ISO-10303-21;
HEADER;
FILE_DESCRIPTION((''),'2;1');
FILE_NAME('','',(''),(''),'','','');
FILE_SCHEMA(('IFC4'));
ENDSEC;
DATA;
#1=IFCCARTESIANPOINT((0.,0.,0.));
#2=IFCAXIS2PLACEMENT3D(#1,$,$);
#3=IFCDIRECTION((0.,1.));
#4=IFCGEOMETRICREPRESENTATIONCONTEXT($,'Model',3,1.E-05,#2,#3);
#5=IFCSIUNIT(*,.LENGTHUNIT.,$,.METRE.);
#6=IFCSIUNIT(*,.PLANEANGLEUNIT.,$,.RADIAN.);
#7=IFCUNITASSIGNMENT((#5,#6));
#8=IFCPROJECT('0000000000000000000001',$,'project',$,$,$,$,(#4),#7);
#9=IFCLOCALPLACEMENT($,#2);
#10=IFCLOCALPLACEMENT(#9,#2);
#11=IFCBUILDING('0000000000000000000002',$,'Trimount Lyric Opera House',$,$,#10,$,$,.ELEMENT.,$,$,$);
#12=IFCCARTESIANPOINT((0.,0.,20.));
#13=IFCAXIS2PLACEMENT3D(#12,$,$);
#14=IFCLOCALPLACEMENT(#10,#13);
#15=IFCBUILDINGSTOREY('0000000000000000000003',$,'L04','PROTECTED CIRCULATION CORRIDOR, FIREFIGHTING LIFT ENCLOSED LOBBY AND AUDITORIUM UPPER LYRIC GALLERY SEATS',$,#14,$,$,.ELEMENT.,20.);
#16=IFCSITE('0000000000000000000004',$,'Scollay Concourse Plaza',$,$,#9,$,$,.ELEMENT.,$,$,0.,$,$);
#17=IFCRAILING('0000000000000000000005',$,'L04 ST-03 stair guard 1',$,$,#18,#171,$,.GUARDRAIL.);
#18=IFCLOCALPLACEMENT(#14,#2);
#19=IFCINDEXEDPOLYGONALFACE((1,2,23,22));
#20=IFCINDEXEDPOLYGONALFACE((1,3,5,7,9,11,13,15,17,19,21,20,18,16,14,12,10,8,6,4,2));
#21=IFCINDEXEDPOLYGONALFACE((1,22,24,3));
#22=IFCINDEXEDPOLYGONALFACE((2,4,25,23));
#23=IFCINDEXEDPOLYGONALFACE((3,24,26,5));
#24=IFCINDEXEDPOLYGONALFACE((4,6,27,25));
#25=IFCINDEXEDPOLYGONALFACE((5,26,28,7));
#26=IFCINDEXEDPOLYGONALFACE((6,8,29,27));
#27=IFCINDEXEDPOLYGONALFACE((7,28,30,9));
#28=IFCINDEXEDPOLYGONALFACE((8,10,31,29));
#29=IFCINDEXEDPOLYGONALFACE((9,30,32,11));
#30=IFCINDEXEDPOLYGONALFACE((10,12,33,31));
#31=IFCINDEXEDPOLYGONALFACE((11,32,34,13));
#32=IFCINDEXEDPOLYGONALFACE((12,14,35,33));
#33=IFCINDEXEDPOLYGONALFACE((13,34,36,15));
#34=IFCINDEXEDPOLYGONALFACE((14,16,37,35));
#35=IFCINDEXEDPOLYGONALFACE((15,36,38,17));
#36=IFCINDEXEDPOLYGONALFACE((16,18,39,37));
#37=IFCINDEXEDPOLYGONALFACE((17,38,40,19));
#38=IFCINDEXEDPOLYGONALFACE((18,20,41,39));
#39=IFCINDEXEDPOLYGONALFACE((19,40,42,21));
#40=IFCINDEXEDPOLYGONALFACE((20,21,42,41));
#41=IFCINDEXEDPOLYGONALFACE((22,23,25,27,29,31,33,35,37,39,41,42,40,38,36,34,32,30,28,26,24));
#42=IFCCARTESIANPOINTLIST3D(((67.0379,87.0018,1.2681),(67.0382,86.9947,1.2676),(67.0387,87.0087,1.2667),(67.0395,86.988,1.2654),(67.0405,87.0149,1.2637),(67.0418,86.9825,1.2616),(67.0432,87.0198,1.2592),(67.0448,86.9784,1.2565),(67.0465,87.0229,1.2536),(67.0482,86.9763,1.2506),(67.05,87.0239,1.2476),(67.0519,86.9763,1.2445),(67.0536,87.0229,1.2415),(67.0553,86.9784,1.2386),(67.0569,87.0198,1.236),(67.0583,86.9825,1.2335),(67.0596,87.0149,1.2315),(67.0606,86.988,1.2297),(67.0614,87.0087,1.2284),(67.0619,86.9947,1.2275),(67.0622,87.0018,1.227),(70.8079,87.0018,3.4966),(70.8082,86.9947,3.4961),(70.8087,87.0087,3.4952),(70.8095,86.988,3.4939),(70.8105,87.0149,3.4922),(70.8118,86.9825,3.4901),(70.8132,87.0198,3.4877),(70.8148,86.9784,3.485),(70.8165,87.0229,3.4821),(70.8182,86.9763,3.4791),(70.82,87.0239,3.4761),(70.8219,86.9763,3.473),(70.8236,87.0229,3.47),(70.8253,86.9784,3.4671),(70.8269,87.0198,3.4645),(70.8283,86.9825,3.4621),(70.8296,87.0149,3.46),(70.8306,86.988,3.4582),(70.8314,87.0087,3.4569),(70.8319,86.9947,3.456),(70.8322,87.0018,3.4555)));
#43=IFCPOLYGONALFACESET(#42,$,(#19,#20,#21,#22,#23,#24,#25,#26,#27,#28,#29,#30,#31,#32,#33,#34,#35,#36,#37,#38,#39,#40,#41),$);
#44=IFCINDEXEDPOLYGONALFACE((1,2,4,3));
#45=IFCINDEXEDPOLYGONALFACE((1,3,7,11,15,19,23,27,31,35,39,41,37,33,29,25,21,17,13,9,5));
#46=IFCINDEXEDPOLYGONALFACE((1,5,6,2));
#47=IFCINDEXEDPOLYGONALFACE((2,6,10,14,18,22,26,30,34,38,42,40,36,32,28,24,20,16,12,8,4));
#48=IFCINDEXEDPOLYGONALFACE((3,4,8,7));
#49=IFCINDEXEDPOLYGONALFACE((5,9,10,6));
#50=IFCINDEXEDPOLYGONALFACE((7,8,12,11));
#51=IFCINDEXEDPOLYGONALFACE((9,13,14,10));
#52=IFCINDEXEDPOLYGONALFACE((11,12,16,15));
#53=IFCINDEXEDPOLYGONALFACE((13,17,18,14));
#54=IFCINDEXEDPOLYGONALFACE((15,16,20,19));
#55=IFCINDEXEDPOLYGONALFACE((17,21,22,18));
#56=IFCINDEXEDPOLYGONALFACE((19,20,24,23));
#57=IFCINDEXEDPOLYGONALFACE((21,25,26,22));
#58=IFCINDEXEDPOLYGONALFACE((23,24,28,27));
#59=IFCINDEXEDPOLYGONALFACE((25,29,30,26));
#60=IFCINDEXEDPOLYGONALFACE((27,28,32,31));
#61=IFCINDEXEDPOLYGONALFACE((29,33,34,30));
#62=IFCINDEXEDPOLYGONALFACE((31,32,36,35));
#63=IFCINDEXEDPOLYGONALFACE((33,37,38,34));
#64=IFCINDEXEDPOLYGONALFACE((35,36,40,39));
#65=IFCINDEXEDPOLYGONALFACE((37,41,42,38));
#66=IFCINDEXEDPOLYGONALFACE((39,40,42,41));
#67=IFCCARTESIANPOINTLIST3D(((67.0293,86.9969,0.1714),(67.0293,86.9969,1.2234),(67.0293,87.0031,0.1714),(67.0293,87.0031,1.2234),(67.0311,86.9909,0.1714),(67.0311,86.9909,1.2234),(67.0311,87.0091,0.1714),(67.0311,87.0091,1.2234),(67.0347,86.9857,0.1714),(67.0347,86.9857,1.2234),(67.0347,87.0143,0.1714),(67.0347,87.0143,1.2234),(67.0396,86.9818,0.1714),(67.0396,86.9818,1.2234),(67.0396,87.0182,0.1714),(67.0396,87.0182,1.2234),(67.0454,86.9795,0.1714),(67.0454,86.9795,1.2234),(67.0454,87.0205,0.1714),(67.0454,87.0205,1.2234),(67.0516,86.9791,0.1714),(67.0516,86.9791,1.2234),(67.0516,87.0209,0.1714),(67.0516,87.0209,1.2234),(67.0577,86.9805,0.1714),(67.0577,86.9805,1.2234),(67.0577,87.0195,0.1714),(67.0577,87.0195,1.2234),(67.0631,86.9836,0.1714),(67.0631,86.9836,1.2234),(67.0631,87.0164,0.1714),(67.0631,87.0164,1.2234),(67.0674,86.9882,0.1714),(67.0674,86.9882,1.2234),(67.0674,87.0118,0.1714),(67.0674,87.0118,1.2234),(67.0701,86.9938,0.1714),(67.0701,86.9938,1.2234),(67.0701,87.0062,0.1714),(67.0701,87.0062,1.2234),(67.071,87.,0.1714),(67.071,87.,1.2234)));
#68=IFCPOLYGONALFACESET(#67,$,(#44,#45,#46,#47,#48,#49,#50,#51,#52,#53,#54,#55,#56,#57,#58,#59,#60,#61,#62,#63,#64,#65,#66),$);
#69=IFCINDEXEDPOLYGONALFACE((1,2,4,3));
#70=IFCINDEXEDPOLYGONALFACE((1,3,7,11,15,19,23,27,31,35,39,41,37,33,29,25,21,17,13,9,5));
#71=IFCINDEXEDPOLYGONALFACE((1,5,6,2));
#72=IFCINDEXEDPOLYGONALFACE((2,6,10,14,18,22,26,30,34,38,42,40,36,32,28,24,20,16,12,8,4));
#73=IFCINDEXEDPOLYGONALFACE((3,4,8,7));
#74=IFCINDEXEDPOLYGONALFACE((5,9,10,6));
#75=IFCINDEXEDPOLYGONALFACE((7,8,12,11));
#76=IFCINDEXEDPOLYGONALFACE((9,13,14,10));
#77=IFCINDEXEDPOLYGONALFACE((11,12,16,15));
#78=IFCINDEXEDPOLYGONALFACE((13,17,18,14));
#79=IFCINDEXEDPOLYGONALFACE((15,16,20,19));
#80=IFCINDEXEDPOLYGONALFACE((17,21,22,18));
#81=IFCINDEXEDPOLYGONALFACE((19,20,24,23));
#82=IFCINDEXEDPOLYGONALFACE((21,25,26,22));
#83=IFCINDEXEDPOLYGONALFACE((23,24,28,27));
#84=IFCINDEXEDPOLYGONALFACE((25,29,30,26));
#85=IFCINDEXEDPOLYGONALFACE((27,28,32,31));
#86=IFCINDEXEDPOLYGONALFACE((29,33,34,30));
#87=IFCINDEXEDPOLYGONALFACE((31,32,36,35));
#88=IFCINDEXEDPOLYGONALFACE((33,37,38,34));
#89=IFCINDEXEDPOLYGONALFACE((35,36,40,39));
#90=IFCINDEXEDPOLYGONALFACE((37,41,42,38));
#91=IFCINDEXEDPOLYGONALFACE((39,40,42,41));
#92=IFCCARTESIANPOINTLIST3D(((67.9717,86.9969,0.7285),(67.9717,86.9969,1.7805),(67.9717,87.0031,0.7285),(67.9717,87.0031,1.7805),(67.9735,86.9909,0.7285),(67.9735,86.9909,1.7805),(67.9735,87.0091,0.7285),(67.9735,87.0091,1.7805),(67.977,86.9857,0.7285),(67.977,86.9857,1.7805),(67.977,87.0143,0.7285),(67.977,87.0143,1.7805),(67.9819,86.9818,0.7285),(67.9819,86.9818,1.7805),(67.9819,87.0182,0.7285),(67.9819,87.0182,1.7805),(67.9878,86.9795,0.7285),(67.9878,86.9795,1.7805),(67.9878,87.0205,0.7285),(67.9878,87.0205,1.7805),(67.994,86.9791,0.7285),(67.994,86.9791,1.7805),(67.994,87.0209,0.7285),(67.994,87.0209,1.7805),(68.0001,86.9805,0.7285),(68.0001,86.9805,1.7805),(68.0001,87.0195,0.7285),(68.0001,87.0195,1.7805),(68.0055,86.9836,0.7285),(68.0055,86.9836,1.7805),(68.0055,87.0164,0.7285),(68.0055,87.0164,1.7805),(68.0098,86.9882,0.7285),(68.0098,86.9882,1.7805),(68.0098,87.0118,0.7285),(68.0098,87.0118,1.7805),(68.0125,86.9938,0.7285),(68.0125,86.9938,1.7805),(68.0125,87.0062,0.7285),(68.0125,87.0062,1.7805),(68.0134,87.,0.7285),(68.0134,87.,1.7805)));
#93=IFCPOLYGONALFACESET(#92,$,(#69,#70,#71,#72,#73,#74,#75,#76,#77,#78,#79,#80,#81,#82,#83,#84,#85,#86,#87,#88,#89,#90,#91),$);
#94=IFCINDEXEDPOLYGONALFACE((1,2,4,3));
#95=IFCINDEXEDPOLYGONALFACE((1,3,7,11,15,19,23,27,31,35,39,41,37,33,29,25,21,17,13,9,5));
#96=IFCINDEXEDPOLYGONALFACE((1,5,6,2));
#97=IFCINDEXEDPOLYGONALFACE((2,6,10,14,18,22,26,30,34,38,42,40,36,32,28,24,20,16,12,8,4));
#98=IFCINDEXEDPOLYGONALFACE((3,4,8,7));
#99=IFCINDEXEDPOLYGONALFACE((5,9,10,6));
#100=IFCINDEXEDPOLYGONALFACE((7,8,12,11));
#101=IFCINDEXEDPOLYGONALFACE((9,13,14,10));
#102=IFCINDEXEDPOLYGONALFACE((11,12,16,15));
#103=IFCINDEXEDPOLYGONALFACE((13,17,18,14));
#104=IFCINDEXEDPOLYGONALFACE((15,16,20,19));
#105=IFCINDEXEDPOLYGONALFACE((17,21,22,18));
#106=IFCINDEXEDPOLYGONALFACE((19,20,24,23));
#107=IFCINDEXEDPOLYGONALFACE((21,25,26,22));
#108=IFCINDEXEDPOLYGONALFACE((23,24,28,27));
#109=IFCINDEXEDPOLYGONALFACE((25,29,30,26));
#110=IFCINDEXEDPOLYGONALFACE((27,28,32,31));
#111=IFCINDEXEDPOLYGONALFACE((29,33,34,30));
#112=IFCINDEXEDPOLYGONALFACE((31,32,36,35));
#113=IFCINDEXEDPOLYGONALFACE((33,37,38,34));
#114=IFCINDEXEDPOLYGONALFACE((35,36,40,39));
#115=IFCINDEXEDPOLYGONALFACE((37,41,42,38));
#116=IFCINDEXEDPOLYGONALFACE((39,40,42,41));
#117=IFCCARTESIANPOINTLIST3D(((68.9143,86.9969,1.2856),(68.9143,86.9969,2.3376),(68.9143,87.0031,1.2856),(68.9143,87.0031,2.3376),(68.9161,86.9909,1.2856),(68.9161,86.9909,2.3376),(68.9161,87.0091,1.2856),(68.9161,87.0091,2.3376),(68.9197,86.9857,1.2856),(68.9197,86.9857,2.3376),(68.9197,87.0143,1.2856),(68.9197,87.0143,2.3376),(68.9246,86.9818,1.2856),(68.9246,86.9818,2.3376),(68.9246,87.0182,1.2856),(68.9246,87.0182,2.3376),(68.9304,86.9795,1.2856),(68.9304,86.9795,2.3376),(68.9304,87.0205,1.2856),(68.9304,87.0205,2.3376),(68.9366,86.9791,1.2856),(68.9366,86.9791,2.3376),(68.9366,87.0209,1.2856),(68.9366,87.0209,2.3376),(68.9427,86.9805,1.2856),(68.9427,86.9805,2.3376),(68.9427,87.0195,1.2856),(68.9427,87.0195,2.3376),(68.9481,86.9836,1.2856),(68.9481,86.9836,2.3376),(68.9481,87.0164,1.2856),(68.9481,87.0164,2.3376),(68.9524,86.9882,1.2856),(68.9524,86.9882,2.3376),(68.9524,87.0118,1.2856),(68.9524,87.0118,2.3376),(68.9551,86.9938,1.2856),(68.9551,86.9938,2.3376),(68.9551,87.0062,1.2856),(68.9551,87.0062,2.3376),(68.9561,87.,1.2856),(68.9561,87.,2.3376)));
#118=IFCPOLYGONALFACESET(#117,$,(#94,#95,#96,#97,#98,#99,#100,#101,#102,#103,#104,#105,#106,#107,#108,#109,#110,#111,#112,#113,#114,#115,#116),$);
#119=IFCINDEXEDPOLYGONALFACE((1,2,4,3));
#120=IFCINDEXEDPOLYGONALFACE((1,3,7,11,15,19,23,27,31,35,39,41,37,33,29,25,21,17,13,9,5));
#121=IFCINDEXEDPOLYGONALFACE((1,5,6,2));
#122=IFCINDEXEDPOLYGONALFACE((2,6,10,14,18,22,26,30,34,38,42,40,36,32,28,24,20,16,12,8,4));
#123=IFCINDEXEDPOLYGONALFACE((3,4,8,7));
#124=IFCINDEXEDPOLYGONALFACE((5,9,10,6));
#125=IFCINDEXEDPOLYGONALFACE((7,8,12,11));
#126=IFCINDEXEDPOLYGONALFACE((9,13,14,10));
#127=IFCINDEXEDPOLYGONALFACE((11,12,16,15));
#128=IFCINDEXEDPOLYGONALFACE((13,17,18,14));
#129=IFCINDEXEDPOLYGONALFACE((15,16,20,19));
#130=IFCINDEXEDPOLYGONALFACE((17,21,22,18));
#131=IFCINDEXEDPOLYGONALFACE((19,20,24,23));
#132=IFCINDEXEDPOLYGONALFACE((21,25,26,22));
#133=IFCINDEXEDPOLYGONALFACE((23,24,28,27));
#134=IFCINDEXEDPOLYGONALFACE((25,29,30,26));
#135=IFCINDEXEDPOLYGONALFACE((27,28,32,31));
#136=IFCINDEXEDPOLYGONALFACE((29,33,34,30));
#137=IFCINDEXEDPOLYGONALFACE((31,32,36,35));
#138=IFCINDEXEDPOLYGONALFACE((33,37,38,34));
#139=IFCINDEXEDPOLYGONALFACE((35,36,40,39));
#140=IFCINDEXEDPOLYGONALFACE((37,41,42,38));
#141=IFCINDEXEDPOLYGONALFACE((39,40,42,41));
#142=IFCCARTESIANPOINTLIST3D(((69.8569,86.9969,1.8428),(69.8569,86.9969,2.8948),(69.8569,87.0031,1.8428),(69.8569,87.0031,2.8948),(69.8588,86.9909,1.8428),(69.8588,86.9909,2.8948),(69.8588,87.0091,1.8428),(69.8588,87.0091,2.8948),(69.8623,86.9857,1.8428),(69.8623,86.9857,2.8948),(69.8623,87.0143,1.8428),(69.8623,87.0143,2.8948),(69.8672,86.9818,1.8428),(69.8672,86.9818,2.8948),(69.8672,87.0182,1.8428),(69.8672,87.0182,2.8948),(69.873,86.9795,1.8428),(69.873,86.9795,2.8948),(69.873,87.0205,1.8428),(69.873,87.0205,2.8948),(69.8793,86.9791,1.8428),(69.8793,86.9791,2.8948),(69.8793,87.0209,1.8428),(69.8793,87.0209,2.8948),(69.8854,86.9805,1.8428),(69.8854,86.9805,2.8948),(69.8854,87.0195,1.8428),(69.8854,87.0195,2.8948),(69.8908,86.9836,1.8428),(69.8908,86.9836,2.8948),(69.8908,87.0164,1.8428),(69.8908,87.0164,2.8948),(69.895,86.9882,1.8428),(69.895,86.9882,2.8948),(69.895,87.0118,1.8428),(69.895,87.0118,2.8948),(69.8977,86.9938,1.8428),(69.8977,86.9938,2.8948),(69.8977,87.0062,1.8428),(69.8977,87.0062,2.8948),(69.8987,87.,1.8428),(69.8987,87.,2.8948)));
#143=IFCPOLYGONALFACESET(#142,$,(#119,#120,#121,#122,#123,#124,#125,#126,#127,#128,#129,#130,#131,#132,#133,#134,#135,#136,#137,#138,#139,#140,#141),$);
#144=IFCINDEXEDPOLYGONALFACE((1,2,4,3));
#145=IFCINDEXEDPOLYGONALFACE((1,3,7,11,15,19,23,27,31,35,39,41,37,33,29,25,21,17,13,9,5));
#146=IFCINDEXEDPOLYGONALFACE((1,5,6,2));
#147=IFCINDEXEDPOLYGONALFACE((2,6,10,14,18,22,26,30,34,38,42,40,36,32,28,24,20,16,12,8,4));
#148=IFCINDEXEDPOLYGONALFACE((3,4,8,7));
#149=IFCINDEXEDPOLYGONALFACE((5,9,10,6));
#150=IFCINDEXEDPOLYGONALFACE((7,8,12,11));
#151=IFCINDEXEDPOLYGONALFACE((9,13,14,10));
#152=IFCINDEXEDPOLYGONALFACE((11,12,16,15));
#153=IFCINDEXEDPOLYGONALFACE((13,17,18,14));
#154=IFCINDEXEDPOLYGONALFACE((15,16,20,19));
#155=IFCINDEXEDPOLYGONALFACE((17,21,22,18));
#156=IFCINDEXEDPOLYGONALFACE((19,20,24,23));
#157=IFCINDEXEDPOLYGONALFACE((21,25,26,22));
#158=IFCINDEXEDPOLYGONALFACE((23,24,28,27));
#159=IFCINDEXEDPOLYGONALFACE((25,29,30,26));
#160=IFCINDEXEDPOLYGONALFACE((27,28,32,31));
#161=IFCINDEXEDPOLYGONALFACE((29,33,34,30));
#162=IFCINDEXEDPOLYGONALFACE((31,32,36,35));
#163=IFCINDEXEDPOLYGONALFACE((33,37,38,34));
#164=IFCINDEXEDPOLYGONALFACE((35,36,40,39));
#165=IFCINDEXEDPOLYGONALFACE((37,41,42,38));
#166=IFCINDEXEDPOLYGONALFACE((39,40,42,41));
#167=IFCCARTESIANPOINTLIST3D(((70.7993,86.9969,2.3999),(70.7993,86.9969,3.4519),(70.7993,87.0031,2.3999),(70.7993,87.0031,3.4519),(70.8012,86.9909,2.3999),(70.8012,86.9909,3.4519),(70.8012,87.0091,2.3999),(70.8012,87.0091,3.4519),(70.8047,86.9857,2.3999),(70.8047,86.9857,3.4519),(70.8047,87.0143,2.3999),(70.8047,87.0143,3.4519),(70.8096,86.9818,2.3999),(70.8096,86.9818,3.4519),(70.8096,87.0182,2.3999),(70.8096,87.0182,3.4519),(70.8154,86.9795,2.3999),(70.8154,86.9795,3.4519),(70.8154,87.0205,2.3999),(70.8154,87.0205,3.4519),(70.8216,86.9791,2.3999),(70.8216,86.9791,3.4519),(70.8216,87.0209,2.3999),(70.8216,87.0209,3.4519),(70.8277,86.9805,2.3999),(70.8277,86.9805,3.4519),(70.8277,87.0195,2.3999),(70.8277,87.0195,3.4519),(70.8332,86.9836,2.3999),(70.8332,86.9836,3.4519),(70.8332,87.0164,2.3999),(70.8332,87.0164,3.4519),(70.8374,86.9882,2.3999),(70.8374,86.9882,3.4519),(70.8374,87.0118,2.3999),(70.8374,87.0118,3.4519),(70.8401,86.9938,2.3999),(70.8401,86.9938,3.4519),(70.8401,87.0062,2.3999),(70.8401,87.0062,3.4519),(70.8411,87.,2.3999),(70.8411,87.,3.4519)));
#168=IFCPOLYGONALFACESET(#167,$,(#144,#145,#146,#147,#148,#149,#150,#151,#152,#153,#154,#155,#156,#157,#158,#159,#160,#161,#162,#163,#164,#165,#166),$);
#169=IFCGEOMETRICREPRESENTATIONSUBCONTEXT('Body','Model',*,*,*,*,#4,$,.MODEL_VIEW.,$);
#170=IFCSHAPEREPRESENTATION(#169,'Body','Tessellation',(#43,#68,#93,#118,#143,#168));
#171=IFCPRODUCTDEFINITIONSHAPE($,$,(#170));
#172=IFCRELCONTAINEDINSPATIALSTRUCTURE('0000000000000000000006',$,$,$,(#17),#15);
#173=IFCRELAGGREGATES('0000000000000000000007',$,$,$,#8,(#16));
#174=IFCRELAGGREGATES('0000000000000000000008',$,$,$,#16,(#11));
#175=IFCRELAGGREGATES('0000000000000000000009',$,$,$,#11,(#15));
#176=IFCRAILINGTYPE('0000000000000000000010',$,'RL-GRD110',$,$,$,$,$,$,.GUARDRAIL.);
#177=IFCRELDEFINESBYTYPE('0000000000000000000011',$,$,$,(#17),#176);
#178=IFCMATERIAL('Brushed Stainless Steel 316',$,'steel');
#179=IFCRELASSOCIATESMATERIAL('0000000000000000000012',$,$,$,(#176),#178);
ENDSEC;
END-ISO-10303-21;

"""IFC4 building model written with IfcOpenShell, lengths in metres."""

from ifc_helpers import new_model, si_unit, direction, frame, origin, origin_2d, place, context, subcontext, project, spatial, circle, extrude, material, type_object, element, save


model = new_model("IFC4")

# Units and contexts
model_context = context("Model", 3, precision=1e-05, world=origin(), true_north=direction((0.0, 1.0)))
body_context = subcontext(model_context, "Body", "Model", "MODEL_VIEW")
ifc_project = project(units=[si_unit("LENGTHUNIT", "METRE"), si_unit("PLANEANGLEUNIT", "RADIAN")], contexts=[model_context])

# Site, building, storey
site_placement = place(None, origin())
site = spatial("IfcSite", under=ifc_project, at=site_placement, Name="Scollay Concourse Plaza", CompositionType="ELEMENT", RefElevation=0.0)
building_placement = place(site_placement, origin())
building = spatial("IfcBuilding", under=site, at=building_placement, Name="Trimount Lyric Opera House", CompositionType="ELEMENT")
storey_placement = place(building_placement, frame((0.0, 0.0, 20.0)))
storey = spatial("IfcBuildingStorey", under=building, at=storey_placement, Name="L04", Description="PROTECTED CIRCULATION CORRIDOR, FIREFIGHTING LIFT ENCLOSED LOBBY AND AUDITORIUM UPPER LYRIC GALLERY SEATS", CompositionType="ELEMENT", Elevation=20.0)

# Railing
ifc_material_1 = material(Name="Brushed Stainless Steel 316", Category="steel")
railing_type_1 = type_object("IfcRailingType", Name="RL-GRD110", PredefinedType="GUARDRAIL", material=ifc_material_1)
railing_1_placement = place(storey_placement, frame((67.05, 87.0, 0.1714)))
element("IfcRailing", 1, at=railing_1_placement, inside=storey, type_object=railing_type_1, Name="L04 ST-03 stair guard 1", PredefinedType="GUARDRAIL", context=body_context, shape_type="SweptSolid", body=[
    extrude(circle(Radius=0.0239, at=origin_2d()), frame((0.0, 0.0, 1.0762), z_axis=(0.860849, 0.0, 0.508861), x_axis=(0.0, 1.0, 0.0)), (0.0, 0.0, 1.0), 4.3794),
    extrude(circle(Radius=0.021, at=origin_2d()), origin(), (0.0, 0.0, 1.0), 1.052),
    extrude(circle(Radius=0.021, at=origin_2d()), frame((0.9424, 0.0, 0.5571)), (0.0, 0.0, 1.0), 1.052),
    extrude(circle(Radius=0.021, at=origin_2d()), frame((1.885, 0.0, 1.1143)), (0.0, 0.0, 1.0), 1.052),
    extrude(circle(Radius=0.021, at=origin_2d()), frame((2.8276, 0.0, 1.6714)), (0.0, 0.0, 1.0), 1.052),
    extrude(circle(Radius=0.021, at=origin_2d()), frame((3.77, 0.0, 2.2285)), (0.0, 0.0, 1.0), 1.052),
])

save(model, "model.ifc")
